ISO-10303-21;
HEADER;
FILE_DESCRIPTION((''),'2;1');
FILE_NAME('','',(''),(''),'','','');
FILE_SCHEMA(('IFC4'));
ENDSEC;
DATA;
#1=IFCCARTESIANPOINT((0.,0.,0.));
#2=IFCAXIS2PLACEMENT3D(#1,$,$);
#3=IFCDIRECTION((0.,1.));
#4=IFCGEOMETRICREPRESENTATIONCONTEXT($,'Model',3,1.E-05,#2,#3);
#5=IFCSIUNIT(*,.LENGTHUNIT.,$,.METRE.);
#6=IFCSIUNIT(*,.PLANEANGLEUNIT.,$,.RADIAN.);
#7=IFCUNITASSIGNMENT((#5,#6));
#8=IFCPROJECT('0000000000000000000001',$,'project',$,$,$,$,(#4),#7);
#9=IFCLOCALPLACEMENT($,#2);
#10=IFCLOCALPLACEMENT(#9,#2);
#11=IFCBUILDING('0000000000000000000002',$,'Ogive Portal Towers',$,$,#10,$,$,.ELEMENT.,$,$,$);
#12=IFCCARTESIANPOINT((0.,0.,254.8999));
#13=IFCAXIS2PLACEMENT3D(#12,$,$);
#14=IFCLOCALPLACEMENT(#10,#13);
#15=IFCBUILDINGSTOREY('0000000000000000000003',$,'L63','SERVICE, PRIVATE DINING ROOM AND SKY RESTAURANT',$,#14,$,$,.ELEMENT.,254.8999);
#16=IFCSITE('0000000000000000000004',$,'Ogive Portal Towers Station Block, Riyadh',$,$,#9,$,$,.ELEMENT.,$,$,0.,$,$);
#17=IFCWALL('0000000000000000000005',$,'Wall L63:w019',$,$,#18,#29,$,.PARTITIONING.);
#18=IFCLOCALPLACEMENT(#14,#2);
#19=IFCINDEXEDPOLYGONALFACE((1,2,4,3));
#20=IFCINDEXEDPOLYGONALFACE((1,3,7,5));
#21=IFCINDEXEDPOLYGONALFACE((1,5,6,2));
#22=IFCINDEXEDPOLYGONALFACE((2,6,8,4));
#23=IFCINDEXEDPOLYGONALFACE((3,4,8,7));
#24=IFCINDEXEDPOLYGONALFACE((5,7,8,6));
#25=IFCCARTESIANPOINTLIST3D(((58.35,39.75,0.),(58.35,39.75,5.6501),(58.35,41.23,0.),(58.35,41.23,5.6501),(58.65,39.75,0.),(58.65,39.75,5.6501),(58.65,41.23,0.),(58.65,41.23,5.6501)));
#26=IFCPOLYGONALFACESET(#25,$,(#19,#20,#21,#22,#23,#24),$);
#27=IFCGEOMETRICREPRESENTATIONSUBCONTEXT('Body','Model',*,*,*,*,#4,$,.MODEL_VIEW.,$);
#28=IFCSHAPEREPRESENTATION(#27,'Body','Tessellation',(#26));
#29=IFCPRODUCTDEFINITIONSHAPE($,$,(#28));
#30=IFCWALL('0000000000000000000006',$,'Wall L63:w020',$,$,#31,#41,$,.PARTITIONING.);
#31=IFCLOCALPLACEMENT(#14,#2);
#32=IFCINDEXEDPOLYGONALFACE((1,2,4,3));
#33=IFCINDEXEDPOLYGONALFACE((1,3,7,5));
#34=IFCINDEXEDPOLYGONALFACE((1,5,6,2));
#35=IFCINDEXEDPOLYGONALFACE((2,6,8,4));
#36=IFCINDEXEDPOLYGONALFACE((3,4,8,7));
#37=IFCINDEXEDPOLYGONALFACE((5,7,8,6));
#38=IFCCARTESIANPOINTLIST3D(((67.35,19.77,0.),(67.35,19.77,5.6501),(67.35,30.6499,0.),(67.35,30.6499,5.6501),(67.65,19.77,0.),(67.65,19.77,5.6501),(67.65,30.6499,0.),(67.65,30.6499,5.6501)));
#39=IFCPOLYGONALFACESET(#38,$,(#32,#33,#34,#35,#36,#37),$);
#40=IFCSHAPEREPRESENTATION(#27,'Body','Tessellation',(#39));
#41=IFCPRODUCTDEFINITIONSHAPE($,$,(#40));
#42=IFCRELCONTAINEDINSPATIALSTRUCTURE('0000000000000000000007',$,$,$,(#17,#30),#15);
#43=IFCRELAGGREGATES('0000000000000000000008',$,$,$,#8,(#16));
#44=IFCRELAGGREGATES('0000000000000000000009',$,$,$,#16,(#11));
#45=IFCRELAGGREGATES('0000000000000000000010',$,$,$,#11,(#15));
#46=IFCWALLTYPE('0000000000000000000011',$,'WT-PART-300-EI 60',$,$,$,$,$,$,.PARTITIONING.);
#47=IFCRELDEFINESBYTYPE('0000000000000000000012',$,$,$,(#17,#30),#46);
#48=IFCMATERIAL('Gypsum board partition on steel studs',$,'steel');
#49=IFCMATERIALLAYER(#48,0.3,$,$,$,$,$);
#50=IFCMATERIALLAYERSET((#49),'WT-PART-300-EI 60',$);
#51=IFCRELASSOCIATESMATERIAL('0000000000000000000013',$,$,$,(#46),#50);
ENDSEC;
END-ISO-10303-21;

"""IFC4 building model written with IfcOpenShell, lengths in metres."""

from ifc_helpers import new_model, si_unit, direction, frame, frame_2d, origin, place, context, subcontext, project, spatial, rectangle, extrude, material, layer, layer_set, type_object, element, save


model = new_model("IFC4")

# Units and contexts
model_context = context("Model", 3, precision=1e-05, world=origin(), true_north=direction((0.0, 1.0)))
body_context = subcontext(model_context, "Body", "Model", "MODEL_VIEW")
ifc_project = project(units=[si_unit("LENGTHUNIT", "METRE"), si_unit("PLANEANGLEUNIT", "RADIAN")], contexts=[model_context])

# Site, building, storey
site_placement = place(None, origin())
site = spatial("IfcSite", under=ifc_project, at=site_placement, Name="Ogive Portal Towers Station Block, Riyadh", CompositionType="ELEMENT", RefElevation=0.0)
building_placement = place(site_placement, origin())
building = spatial("IfcBuilding", under=site, at=building_placement, Name="Ogive Portal Towers", CompositionType="ELEMENT")
storey_placement = place(building_placement, frame((0.0, 0.0, 254.8999)))
storey = spatial("IfcBuildingStorey", under=building, at=storey_placement, Name="L63", Description="SERVICE, PRIVATE DINING ROOM AND SKY RESTAURANT", CompositionType="ELEMENT", Elevation=254.8999)

# Shared definitions
ifc_material_1 = material(Name="Gypsum board partition on steel studs", Category="steel")

# Walls
ifc_layer_1 = layer(ifc_material_1, 0.3)
ifc_layer_set_1 = layer_set([ifc_layer_1], Name="WT-PART-300-EI 60")
wall_type_1 = type_object("IfcWallType", Name="WT-PART-300-EI 60", PredefinedType="PARTITIONING", material=ifc_layer_set_1)
wall_1_placement = place(storey_placement, frame((58.5, 39.75, 0.0), z_axis=(0.0, 0.0, 1.0), x_axis=(0.0, 1.0, 0.0)))
element("IfcWall", 1, at=wall_1_placement, inside=storey, type_object=wall_type_1, Name="Wall L63:w019", PredefinedType="PARTITIONING", context=body_context, shape_type="SweptSolid", body=[
    extrude(rectangle(XDim=1.48, YDim=0.3, at=frame_2d((0.74, 0.0))), origin(), (0.0, 0.0, 1.0), 5.6501),
])
wall_2_placement = place(storey_placement, frame((67.5, 19.77, 0.0), z_axis=(0.0, 0.0, 1.0), x_axis=(0.0, 1.0, 0.0)))
element("IfcWall", 2, at=wall_2_placement, inside=storey, type_object=wall_type_1, Name="Wall L63:w020", PredefinedType="PARTITIONING", context=body_context, shape_type="SweptSolid", body=[
    extrude(rectangle(XDim=10.8799, YDim=0.3, at=frame_2d((5.4399, 0.0))), origin(), (0.0, 0.0, 1.0), 5.6501),
])

save(model, "model.ifc")
